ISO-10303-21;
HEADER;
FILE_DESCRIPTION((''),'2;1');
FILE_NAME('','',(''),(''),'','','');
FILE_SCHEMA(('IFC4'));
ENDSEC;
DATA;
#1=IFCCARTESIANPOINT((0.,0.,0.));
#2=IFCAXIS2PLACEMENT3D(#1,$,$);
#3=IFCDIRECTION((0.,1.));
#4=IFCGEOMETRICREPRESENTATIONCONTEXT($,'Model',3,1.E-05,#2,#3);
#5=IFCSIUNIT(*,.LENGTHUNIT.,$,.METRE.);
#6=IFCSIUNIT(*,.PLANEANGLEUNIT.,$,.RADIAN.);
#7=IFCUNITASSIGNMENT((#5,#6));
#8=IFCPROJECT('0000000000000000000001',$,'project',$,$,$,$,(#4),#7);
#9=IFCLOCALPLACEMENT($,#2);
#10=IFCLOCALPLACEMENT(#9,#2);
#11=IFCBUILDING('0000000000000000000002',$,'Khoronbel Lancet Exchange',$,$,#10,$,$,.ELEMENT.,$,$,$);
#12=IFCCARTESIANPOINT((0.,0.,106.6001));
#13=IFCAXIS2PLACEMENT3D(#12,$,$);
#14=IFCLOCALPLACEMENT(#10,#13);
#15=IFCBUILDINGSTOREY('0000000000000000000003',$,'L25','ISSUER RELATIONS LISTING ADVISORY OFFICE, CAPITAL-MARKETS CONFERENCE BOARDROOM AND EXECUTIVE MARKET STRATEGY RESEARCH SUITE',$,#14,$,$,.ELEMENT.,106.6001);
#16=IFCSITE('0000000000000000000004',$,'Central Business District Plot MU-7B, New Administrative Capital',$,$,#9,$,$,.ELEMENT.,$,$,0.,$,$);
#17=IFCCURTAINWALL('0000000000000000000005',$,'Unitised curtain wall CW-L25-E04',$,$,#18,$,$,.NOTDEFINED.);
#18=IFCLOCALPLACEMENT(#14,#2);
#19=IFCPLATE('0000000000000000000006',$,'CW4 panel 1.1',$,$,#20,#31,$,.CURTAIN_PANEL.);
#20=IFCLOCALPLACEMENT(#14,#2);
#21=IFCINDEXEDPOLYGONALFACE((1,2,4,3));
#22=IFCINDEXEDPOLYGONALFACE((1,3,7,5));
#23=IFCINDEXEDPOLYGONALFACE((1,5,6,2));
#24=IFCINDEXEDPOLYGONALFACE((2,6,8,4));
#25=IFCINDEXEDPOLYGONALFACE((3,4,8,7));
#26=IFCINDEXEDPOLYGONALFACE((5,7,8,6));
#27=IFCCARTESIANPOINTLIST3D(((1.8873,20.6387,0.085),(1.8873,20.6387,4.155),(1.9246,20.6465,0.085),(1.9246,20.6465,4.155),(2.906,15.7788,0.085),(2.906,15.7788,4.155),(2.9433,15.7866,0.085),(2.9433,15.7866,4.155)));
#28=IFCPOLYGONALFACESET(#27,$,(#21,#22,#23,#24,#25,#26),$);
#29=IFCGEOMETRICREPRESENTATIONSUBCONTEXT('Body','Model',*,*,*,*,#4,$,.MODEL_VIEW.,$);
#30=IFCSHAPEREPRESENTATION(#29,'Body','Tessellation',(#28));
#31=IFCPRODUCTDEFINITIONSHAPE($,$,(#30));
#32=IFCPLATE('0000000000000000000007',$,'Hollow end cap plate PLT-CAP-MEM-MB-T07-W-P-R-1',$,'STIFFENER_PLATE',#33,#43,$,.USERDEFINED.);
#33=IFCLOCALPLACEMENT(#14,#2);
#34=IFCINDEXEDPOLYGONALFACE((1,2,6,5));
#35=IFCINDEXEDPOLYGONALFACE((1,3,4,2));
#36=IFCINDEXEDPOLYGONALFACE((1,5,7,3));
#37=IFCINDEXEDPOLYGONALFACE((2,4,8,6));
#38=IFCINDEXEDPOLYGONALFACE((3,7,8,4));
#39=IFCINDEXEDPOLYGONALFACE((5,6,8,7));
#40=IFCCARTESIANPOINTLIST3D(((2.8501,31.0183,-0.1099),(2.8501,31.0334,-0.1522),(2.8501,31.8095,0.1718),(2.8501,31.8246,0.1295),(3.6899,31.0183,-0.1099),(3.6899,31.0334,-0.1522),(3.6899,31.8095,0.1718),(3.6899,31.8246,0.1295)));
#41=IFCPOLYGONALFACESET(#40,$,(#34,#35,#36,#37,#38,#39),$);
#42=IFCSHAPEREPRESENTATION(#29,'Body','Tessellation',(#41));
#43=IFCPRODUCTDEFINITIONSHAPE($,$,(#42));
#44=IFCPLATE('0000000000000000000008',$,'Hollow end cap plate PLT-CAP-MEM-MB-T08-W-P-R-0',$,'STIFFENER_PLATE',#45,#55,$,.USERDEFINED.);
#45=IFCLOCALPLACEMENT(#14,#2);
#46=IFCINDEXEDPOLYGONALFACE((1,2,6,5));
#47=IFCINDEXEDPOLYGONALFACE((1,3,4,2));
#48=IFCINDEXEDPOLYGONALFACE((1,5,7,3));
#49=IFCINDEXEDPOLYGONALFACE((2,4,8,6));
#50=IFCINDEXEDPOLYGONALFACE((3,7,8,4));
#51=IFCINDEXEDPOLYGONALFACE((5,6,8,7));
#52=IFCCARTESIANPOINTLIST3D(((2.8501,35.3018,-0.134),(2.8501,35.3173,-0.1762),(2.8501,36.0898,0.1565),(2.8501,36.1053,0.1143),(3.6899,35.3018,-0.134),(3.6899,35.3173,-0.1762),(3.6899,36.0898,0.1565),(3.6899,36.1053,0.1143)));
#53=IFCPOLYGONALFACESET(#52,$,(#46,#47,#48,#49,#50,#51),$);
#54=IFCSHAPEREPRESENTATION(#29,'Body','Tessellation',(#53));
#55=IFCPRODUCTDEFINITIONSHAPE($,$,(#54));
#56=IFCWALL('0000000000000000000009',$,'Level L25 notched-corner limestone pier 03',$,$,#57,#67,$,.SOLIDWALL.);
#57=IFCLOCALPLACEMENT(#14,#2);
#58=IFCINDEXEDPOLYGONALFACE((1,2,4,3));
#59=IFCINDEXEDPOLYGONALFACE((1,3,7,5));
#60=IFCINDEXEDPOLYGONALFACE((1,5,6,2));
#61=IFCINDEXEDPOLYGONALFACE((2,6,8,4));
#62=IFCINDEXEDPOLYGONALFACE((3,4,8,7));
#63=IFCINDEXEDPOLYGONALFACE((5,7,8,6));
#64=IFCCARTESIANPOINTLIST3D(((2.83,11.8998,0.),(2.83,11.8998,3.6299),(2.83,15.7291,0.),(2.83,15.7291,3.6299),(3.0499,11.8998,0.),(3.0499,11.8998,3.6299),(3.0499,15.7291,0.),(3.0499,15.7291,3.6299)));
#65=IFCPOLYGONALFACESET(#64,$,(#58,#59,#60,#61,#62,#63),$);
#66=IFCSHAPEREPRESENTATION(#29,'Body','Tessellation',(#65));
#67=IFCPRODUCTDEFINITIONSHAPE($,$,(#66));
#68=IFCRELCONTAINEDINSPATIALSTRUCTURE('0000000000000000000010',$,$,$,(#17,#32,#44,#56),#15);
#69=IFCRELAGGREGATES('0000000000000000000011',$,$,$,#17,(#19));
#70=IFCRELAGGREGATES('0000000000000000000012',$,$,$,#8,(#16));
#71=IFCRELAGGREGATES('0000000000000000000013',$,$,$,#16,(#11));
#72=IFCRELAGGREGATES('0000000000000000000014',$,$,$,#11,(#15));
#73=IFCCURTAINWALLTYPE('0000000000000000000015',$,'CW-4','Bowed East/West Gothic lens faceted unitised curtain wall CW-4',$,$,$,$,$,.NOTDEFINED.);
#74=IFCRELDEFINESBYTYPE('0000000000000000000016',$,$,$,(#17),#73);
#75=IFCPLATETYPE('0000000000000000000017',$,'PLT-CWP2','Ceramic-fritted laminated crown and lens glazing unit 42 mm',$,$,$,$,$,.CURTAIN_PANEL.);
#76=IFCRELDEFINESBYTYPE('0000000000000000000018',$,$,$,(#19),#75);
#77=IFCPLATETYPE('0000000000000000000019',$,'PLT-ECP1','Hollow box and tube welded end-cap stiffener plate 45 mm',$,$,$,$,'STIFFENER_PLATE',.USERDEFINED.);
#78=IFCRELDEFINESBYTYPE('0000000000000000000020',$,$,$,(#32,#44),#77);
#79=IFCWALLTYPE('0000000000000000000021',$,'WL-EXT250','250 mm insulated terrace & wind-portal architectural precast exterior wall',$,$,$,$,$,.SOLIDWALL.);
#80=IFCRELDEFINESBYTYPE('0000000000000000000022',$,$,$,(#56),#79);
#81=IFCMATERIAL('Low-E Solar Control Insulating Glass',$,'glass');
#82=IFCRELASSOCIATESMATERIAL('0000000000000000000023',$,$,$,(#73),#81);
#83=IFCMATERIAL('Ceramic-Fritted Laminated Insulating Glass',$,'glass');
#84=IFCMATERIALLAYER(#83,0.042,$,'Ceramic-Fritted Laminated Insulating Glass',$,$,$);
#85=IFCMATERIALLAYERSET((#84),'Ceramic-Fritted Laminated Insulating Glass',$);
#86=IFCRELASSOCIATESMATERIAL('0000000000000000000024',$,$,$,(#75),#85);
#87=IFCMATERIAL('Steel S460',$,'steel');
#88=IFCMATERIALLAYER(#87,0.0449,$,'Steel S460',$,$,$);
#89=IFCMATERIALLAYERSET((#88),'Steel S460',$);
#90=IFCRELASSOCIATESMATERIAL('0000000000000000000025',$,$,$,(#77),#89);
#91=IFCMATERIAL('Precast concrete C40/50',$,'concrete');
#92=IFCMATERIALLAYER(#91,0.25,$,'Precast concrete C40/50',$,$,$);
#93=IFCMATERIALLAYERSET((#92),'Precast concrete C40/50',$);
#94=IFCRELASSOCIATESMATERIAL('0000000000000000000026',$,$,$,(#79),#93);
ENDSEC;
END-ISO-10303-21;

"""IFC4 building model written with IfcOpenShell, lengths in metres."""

from ifc_helpers import new_model, si_unit, direction, frame, frame_2d, origin, origin_2d, place, context, subcontext, project, spatial, polyline, rectangle, outline, extrude, material, layer, layer_set, type_object, element, aggregate, save


model = new_model("IFC4")

# Units and contexts
model_context = context("Model", 3, precision=1e-05, world=origin(), true_north=direction((0.0, 1.0)))
body_context = subcontext(model_context, "Body", "Model", "MODEL_VIEW")
ifc_project = project(units=[si_unit("LENGTHUNIT", "METRE"), si_unit("PLANEANGLEUNIT", "RADIAN")], contexts=[model_context])

# Site, building, storey
site_placement = place(None, origin())
site = spatial("IfcSite", under=ifc_project, at=site_placement, Name="Central Business District Plot MU-7B, New Administrative Capital", CompositionType="ELEMENT", RefElevation=0.0)
building_placement = place(site_placement, origin())
building = spatial("IfcBuilding", under=site, at=building_placement, Name="Khoronbel Lancet Exchange", CompositionType="ELEMENT")
storey_placement = place(building_placement, frame((0.0, 0.0, 106.6001)))
storey = spatial("IfcBuildingStorey", under=building, at=storey_placement, Name="L25", Description="ISSUER RELATIONS LISTING ADVISORY OFFICE, CAPITAL-MARKETS CONFERENCE BOARDROOM AND EXECUTIVE MARKET STRATEGY RESEARCH SUITE", CompositionType="ELEMENT", Elevation=106.6001)

# Curtain wall
ifc_material_1 = material(Name="Low-E Solar Control Insulating Glass", Category="glass")
curtain_wall_type = type_object("IfcCurtainWallType", Name="CW-4", Description="Bowed East/West Gothic lens faceted unitised curtain wall CW-4", PredefinedType="NOTDEFINED", material=ifc_material_1)
curtain_wall_1_placement = place(storey_placement, origin())
curtain_wall_1 = element("IfcCurtainWall", 1, at=curtain_wall_1_placement, inside=storey, type_object=curtain_wall_type, Name="Unitised curtain wall CW-L25-E04", PredefinedType="NOTDEFINED")

# Plate
ifc_material_2 = material(Name="Ceramic-Fritted Laminated Insulating Glass", Category="glass")
ifc_layer_1 = layer(ifc_material_2, 0.042, Name="Ceramic-Fritted Laminated Insulating Glass")
ifc_layer_set_1 = layer_set([ifc_layer_1], Name="Ceramic-Fritted Laminated Insulating Glass")
plate_type_1 = type_object("IfcPlateType", Name="PLT-CWP2", Description="Ceramic-fritted laminated crown and lens glazing unit 42 mm", PredefinedType="CURTAIN_PANEL", material=ifc_layer_set_1)
plate_1_placement = place(storey_placement, frame((2.4153, 18.2126, 0.085), z_axis=(0.0, 0.0, 1.0), x_axis=(-0.205156, 0.978729, 0.0)))
plate_1 = element("IfcPlate", 2, at=plate_1_placement, type_object=plate_type_1, Name="CW4 panel 1.1", PredefinedType="CURTAIN_PANEL", context=body_context, shape_type="SweptSolid", body=[
    extrude(rectangle(XDim=4.9656, YDim=0.0381, at=origin_2d()), origin(), (0.0, 0.0, 1.0), 4.0701),
])
aggregate(curtain_wall_1, [plate_1])

# Plates
ifc_material_3 = material(Name="Steel S460", Category="steel")
ifc_layer_2 = layer(ifc_material_3, 0.0449, Name="Steel S460")
ifc_layer_set_2 = layer_set([ifc_layer_2], Name="Steel S460")
plate_type_2 = type_object("IfcPlateType", Name="PLT-ECP1", Description="Hollow box and tube welded end-cap stiffener plate 45 mm", ElementType="STIFFENER_PLATE", PredefinedType="USERDEFINED", material=ifc_layer_set_2)
for number, where, z_axis, x_axis, name in (
    (3, (2.8501, 31.0183, -0.1099), (0.0, -0.335434, 0.942064), (1.0, 0.0, 0.0), "Hollow end cap plate PLT-CAP-MEM-MB-T07-W-P-R-1"),
    (4, (2.8501, 35.3018, -0.134), (0.0, -0.345894, 0.938274), (1.0, 0.0, 0.0), "Hollow end cap plate PLT-CAP-MEM-MB-T08-W-P-R-0"),
):
    element("IfcPlate", number, at=place(storey_placement, frame(where, z_axis=z_axis, x_axis=x_axis)), inside=storey, type_object=plate_type_2, Name=name, ObjectType="STIFFENER_PLATE", PredefinedType="USERDEFINED", context=body_context, shape_type="SweptSolid", body=[
        extrude(outline(polyline([(0.0, 0.0), (0.8398, 0.0), (0.8398, 0.8398), (0.0, 0.8398), (0.0, 0.0)])), origin(), (0.0, 0.0, -1.0), 0.0449),
    ])

# Wall
ifc_material_4 = material(Name="Precast concrete C40/50", Category="concrete")
ifc_layer_3 = layer(ifc_material_4, 0.25, Name="Precast concrete C40/50")
ifc_layer_set_3 = layer_set([ifc_layer_3], Name="Precast concrete C40/50")
wall_type = type_object("IfcWallType", Name="WL-EXT250", Description="250 mm insulated terrace & wind-portal architectural precast exterior wall", PredefinedType="SOLIDWALL", material=ifc_layer_set_3)
wall_placement = place(storey_placement, frame((2.9399, 11.8999, 0.0), z_axis=(0.0, 0.0, 1.0), x_axis=(0.0, 1.0, 0.0)))
element("IfcWall", 5, at=wall_placement, inside=storey, type_object=wall_type, Name="Level L25 notched-corner limestone pier 03", PredefinedType="SOLIDWALL", context=body_context, shape_type="SweptSolid", body=[
    extrude(rectangle(XDim=3.8293, YDim=0.22, at=frame_2d((1.9146, 0.0))), origin(), (0.0, 0.0, 1.0), 3.6299),
])

save(model, "model.ifc")
